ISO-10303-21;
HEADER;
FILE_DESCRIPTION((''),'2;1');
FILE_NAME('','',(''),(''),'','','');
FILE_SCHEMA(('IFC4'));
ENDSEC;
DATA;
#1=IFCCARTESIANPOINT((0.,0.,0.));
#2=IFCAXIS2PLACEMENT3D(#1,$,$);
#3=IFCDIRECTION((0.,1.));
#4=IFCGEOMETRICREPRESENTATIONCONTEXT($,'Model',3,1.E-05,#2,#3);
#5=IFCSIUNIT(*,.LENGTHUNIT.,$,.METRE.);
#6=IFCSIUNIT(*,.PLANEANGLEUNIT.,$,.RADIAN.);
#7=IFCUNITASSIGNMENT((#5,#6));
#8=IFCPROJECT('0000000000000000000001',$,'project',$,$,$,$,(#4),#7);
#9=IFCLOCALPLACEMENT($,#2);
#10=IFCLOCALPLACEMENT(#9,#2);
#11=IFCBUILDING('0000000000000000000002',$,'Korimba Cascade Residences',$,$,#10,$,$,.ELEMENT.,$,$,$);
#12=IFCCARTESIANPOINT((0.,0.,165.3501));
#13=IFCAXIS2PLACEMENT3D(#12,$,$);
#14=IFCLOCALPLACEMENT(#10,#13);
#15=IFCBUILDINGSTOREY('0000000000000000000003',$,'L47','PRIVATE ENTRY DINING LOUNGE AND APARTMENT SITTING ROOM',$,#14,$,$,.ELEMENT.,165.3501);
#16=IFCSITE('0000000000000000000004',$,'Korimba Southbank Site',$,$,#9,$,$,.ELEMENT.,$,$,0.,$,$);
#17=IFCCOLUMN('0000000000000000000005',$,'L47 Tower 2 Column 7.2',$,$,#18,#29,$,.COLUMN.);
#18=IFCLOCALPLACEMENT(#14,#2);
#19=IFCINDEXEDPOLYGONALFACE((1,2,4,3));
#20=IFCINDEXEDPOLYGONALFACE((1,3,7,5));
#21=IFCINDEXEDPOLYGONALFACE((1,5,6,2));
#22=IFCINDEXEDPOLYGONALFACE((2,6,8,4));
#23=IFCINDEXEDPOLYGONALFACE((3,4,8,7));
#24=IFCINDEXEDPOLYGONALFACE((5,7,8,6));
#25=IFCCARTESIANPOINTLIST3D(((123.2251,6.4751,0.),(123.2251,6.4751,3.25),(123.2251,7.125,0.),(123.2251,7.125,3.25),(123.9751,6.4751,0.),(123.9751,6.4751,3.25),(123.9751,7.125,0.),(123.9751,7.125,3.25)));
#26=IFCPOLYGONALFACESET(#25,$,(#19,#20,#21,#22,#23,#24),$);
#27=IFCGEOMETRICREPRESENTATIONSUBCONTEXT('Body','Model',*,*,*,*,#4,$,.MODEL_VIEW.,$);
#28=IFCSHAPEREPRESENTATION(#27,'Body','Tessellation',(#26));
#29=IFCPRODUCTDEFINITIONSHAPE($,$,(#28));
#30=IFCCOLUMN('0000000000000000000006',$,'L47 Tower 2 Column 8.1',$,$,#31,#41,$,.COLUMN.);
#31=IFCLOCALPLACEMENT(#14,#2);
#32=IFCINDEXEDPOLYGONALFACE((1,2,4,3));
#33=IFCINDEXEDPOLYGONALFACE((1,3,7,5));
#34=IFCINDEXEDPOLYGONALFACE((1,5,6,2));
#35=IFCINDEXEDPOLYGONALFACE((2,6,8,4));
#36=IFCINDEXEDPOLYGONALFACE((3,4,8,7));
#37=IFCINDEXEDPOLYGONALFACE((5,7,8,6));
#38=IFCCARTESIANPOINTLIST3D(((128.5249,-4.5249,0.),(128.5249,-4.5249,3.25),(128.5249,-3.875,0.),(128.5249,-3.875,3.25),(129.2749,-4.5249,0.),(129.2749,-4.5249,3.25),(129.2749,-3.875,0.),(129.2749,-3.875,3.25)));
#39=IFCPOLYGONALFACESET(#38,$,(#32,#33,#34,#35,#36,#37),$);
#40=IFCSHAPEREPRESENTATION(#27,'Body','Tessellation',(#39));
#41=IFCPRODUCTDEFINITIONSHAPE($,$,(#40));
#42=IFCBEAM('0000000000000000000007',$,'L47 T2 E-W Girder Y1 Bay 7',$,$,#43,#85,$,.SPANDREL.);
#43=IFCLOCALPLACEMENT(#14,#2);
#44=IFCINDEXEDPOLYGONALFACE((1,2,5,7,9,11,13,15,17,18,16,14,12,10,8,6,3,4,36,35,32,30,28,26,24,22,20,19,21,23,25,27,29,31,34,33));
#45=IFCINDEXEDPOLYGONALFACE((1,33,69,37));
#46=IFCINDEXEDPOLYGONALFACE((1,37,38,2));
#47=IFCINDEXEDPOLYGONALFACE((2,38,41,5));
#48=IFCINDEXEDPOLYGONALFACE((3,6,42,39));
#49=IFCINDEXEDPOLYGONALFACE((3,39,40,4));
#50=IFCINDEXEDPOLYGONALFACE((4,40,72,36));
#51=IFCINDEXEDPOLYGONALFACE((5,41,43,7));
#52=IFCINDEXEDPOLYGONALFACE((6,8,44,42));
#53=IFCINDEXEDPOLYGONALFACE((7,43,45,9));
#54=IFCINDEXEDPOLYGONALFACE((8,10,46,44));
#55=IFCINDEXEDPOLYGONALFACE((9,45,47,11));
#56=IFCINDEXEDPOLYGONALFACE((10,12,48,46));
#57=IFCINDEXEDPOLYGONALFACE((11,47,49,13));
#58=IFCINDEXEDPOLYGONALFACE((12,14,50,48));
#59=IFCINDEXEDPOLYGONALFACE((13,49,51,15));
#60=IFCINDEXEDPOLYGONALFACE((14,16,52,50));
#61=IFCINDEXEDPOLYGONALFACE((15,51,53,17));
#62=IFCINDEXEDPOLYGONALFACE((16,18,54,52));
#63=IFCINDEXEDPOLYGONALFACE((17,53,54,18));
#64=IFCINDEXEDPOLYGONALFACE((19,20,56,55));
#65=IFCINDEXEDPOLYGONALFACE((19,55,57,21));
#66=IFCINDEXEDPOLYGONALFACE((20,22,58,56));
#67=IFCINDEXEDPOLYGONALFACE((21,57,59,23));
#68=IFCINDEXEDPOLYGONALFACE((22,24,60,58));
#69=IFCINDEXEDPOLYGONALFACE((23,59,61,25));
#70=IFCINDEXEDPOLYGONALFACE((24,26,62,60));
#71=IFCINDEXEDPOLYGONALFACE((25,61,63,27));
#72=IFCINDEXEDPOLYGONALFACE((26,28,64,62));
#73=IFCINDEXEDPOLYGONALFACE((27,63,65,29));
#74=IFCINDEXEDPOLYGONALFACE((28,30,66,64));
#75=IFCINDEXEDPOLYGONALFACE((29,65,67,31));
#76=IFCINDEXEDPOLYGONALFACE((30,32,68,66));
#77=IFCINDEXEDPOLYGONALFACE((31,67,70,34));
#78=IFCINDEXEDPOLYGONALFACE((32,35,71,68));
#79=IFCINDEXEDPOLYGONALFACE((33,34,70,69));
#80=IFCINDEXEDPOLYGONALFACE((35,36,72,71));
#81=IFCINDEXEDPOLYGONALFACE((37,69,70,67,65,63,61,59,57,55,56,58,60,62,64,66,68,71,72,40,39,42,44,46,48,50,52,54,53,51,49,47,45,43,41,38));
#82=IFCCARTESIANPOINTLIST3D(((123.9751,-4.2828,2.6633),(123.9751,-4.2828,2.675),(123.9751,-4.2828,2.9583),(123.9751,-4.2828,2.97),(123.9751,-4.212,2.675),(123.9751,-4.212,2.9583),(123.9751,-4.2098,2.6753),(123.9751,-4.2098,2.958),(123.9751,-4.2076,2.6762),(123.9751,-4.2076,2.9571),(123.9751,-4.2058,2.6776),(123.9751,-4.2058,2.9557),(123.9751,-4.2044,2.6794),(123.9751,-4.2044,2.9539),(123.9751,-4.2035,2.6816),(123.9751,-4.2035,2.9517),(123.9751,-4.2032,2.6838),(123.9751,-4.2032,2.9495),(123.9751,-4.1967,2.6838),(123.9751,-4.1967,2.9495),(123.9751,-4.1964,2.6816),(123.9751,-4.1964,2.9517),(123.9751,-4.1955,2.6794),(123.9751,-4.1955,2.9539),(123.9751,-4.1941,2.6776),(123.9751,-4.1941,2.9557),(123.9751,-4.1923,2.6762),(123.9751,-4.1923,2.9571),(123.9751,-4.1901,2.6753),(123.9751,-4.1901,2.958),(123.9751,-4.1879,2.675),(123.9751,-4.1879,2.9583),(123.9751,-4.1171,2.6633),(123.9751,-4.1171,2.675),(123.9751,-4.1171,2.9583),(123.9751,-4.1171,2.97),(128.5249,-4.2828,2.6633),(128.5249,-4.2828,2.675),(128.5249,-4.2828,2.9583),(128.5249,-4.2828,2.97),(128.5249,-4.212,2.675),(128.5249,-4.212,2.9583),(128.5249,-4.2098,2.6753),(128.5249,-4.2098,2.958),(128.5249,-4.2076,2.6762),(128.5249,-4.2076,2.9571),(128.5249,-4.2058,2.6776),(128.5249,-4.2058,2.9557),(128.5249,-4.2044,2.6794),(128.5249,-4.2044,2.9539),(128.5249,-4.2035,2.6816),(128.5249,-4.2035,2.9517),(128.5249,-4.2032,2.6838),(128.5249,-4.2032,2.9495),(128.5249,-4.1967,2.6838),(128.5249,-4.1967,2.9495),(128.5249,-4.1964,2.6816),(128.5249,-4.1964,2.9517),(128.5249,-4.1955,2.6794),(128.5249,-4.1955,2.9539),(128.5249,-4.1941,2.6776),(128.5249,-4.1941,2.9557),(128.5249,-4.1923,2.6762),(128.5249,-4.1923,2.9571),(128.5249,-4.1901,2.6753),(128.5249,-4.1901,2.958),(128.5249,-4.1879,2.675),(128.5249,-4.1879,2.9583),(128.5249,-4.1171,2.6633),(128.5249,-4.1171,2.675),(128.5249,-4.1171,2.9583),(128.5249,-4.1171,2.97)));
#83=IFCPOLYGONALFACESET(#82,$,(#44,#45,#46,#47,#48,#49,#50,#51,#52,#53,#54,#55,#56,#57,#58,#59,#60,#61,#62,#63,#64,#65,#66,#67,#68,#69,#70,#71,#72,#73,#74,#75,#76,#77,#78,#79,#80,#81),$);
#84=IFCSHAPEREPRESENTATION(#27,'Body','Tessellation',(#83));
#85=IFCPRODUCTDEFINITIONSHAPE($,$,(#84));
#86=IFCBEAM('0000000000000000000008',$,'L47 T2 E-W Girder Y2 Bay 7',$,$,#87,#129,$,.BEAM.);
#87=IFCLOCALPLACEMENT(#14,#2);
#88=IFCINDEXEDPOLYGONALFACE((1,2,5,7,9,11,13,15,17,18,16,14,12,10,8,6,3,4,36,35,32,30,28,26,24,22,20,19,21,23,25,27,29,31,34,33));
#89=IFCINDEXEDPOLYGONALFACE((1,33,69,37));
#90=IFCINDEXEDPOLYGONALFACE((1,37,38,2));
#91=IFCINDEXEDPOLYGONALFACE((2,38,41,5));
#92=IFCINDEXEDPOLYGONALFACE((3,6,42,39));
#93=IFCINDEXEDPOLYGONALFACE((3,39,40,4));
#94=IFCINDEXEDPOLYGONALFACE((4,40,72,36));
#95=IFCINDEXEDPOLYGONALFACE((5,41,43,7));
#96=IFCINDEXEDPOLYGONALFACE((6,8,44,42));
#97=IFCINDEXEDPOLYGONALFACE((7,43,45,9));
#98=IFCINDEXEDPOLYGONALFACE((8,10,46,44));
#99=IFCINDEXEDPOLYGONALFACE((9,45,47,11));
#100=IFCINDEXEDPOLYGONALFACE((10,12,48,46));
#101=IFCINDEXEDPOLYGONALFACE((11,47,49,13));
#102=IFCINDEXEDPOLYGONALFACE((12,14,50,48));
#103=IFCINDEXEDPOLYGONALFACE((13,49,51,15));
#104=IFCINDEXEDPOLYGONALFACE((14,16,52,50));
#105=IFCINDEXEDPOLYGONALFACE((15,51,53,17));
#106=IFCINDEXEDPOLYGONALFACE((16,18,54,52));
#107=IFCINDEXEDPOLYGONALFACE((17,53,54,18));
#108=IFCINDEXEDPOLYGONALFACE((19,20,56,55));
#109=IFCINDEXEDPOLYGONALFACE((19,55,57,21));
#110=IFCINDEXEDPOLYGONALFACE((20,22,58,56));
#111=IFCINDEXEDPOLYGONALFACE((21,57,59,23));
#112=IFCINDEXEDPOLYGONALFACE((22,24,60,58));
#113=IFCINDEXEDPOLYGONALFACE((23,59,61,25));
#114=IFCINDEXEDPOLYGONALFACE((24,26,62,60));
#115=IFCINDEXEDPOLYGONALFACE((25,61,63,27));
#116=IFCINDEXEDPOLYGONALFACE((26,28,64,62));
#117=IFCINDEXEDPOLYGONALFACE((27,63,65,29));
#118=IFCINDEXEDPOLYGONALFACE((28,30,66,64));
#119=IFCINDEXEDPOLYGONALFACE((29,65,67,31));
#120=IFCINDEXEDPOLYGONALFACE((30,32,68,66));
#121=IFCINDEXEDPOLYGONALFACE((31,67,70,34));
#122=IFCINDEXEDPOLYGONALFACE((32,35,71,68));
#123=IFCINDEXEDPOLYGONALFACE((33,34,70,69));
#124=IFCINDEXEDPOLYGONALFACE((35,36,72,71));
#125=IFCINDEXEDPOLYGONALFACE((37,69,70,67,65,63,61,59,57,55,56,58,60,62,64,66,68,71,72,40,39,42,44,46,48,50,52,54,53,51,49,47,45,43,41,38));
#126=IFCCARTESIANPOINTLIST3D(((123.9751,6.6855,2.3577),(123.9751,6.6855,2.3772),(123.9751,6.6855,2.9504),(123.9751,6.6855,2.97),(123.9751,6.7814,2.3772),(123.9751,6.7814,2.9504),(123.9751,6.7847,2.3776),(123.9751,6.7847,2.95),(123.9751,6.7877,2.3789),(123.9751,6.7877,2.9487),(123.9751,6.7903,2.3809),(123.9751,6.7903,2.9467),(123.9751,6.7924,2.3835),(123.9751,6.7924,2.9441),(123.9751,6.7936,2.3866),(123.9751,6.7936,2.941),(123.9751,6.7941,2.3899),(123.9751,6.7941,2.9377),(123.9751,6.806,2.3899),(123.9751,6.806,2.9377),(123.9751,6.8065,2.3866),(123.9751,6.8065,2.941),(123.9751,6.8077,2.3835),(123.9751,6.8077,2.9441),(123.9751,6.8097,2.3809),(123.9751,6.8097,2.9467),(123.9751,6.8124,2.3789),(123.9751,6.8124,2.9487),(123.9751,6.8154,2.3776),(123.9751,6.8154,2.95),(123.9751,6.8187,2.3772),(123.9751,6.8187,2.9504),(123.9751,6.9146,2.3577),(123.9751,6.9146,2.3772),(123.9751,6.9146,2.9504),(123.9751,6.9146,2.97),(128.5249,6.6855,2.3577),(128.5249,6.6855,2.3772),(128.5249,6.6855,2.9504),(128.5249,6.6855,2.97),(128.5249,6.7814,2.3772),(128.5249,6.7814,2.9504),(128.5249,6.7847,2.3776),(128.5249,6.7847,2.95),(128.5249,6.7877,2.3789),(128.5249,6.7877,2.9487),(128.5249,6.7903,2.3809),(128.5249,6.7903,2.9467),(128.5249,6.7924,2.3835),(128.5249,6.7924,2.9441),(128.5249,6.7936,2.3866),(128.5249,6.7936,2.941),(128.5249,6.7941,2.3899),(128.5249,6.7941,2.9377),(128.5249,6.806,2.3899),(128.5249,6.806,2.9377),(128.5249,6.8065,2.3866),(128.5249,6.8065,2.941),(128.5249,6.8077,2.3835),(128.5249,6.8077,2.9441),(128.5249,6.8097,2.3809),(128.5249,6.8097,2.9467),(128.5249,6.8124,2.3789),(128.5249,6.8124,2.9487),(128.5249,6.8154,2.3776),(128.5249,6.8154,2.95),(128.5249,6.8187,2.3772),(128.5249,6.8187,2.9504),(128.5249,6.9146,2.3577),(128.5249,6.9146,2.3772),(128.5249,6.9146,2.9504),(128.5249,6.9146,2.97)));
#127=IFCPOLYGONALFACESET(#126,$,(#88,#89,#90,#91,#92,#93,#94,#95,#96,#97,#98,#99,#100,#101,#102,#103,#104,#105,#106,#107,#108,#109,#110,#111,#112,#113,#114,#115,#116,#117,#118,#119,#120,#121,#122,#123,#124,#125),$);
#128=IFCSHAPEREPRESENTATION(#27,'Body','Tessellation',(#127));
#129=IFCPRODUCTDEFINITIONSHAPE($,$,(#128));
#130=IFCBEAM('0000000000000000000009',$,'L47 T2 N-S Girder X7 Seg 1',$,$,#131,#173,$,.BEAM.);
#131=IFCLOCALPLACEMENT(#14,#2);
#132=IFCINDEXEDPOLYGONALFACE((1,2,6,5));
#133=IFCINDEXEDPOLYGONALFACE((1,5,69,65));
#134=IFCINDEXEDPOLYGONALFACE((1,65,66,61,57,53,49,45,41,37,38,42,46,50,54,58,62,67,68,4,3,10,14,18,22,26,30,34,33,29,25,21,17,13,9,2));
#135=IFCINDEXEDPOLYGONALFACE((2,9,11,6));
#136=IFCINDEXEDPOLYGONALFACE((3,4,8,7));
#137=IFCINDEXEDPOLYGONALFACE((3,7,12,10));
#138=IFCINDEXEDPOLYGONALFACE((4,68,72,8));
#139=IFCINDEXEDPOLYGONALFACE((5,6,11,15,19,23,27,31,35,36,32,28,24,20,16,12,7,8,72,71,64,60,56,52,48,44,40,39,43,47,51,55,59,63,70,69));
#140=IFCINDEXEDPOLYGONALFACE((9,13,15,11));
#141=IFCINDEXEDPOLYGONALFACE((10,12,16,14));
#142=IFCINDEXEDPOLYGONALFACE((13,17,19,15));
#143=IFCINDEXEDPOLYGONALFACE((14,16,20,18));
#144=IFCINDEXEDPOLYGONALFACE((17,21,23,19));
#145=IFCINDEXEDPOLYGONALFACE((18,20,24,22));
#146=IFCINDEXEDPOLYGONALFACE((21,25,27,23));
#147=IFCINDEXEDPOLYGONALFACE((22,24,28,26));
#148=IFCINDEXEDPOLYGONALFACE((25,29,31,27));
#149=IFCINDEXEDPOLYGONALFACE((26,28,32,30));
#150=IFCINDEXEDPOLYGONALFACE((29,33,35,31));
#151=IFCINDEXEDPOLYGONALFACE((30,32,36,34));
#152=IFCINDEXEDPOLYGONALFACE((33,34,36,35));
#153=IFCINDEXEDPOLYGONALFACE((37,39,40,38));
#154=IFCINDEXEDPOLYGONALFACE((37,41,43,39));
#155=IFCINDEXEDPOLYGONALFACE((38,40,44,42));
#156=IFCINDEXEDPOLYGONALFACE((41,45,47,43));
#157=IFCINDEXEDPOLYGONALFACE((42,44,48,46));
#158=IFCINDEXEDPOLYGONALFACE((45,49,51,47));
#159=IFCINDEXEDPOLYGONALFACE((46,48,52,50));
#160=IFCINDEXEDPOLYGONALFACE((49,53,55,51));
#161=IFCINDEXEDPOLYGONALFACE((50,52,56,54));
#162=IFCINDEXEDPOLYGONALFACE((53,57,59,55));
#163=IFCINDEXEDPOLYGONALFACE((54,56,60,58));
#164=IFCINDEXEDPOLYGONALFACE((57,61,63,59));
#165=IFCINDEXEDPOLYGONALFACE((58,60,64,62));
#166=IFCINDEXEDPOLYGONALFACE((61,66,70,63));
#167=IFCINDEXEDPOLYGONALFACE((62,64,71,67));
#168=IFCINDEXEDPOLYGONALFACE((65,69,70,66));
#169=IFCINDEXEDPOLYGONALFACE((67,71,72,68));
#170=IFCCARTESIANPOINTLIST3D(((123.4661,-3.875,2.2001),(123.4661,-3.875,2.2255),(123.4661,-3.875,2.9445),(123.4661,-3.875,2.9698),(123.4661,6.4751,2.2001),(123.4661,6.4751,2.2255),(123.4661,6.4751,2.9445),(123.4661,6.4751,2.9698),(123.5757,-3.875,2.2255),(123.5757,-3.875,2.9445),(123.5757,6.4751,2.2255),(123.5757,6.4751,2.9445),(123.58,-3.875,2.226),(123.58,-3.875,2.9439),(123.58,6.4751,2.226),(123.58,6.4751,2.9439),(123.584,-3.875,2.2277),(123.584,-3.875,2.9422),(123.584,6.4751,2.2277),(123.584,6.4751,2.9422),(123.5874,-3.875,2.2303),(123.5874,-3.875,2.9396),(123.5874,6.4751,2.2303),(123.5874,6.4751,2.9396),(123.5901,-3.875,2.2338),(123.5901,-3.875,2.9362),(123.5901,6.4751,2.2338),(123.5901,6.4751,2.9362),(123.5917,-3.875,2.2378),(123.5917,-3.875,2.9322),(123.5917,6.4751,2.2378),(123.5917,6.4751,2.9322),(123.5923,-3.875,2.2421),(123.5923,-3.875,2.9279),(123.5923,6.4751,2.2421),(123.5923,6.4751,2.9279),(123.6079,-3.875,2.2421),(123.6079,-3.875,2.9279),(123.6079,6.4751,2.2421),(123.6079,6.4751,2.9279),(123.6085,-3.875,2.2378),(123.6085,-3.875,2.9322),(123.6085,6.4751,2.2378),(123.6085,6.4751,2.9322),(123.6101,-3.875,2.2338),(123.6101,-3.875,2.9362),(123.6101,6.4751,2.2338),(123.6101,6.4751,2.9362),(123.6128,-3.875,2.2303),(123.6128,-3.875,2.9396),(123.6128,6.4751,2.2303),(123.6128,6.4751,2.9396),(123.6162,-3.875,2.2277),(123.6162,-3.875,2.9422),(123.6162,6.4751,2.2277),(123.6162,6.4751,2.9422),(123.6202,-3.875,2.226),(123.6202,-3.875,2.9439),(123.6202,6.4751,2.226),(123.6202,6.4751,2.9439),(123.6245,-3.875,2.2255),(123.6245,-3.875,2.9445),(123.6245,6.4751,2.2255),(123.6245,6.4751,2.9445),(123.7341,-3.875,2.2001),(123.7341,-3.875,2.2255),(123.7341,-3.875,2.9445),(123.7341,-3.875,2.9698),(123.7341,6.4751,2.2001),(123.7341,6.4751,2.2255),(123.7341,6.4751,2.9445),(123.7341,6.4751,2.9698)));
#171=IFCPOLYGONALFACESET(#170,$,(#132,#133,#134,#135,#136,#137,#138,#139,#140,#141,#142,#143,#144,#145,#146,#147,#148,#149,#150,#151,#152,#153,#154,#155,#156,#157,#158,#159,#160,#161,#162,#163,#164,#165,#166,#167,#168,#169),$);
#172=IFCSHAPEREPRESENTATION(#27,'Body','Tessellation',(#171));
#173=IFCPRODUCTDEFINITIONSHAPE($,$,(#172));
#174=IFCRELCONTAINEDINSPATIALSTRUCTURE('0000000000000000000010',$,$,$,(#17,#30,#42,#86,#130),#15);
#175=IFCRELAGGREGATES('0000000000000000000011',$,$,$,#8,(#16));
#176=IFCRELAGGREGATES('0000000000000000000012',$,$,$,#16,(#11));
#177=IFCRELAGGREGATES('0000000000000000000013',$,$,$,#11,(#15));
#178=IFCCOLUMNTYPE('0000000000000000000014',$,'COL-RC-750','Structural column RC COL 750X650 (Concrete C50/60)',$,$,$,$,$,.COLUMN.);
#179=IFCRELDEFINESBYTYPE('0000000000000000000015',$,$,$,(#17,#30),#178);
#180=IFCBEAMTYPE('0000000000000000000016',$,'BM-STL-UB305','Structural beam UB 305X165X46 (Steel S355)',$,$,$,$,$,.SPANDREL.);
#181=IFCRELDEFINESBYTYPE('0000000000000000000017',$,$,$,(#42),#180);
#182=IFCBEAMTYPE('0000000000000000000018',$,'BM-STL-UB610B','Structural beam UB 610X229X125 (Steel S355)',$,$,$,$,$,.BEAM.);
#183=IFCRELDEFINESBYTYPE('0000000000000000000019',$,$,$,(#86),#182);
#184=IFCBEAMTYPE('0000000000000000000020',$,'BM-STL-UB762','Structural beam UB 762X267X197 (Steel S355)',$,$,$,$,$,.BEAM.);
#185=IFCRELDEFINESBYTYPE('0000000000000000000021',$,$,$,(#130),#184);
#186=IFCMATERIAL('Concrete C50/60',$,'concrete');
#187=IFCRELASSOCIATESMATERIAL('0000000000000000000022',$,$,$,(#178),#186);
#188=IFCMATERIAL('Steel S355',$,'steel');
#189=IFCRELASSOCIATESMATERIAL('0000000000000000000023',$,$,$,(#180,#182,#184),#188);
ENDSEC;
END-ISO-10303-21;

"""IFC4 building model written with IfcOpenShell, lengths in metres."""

from ifc_helpers import new_model, si_unit, direction, frame, origin, origin_2d, place, context, subcontext, project, spatial, rectangle, i_section, extrude, material, material_profile, profile_set, type_object, element, save


model = new_model("IFC4")

# Units and contexts
model_context = context("Model", 3, precision=1e-05, world=origin(), true_north=direction((0.0, 1.0)))
body_context = subcontext(model_context, "Body", "Model", "MODEL_VIEW")
ifc_project = project(units=[si_unit("LENGTHUNIT", "METRE"), si_unit("PLANEANGLEUNIT", "RADIAN")], contexts=[model_context])

# Site, building, storey
site_placement = place(None, origin())
site = spatial("IfcSite", under=ifc_project, at=site_placement, Name="Korimba Southbank Site", CompositionType="ELEMENT", RefElevation=0.0)
building_placement = place(site_placement, origin())
building = spatial("IfcBuilding", under=site, at=building_placement, Name="Korimba Cascade Residences", CompositionType="ELEMENT")
storey_placement = place(building_placement, frame((0.0, 0.0, 165.3501)))
storey = spatial("IfcBuildingStorey", under=building, at=storey_placement, Name="L47", Description="PRIVATE ENTRY DINING LOUNGE AND APARTMENT SITTING ROOM", CompositionType="ELEMENT", Elevation=165.3501)

# Columns
ifc_material_1 = material(Name="Concrete C50/60", Category="concrete")
ifc_material_profile_1 = material_profile(ifc_material_1, rectangle(XDim=0.75, YDim=0.6499, at=origin_2d()), Name="Concrete C50/60")
ifc_profile_set_1 = profile_set([ifc_material_profile_1], Name="Concrete C50/60")
column_type = type_object("IfcColumnType", Name="COL-RC-750", Description="Structural column RC COL 750X650 (Concrete C50/60)", PredefinedType="COLUMN", material=ifc_profile_set_1)
for number, where, z_axis, x_axis, name in (
    (1, (123.6001, 6.8, 0.0), (0.0, 0.0, 1.0), (1.0, 0.0, 0.0), "L47 Tower 2 Column 7.2"),
    (2, (128.8999, -4.2, 0.0), (0.0, 0.0, 1.0), (1.0, 0.0, 0.0), "L47 Tower 2 Column 8.1"),
):
    element("IfcColumn", number, at=place(storey_placement, frame(where, z_axis=z_axis, x_axis=x_axis)), inside=storey, type_object=column_type, Name=name, PredefinedType="COLUMN", context=body_context, shape_type="SweptSolid", body=[
        extrude(rectangle(XDim=0.75, YDim=0.6499, at=origin_2d()), origin(), (0.0, 0.0, 1.0), 3.25),
    ])

# Beams
ifc_material_2 = material(Name="Steel S355", Category="steel")
ifc_material_profile_2 = material_profile(ifc_material_2, i_section(OverallWidth=0.1658, OverallDepth=0.3066, WebThickness=0.0066, FlangeThickness=0.0117, FilletRadius=0.0088, at=origin_2d()), Name="Steel S355")
ifc_profile_set_2 = profile_set([ifc_material_profile_2], Name="Steel S355")
beam_type_1 = type_object("IfcBeamType", Name="BM-STL-UB305", Description="Structural beam UB 305X165X46 (Steel S355)", PredefinedType="SPANDREL", material=ifc_profile_set_2)
beam_1_placement = place(storey_placement, frame((123.9751, -4.2, 2.8167), z_axis=(1.0, 0.0, 0.0), x_axis=(0.0, 1.0, 0.0)))
element("IfcBeam", 3, at=beam_1_placement, inside=storey, type_object=beam_type_1, Name="L47 T2 E-W Girder Y1 Bay 7", PredefinedType="SPANDREL", context=body_context, shape_type="SweptSolid", body=[
    extrude(i_section(OverallWidth=0.1658, OverallDepth=0.3066, WebThickness=0.0066, FlangeThickness=0.0117, FilletRadius=0.0088, at=origin_2d()), origin(), (0.0, 0.0, 1.0), 4.5498),
])
ifc_material_profile_3 = material_profile(ifc_material_2, i_section(OverallWidth=0.229, OverallDepth=0.6123, WebThickness=0.012, FlangeThickness=0.0195, FilletRadius=0.0127, at=origin_2d()), Name="Steel S355")
ifc_profile_set_3 = profile_set([ifc_material_profile_3], Name="Steel S355")
beam_type_2 = type_object("IfcBeamType", Name="BM-STL-UB610B", Description="Structural beam UB 610X229X125 (Steel S355)", PredefinedType="BEAM", material=ifc_profile_set_3)
beam_2_placement = place(storey_placement, frame((123.9751, 6.8, 2.6638), z_axis=(1.0, 0.0, 0.0), x_axis=(0.0, 1.0, 0.0)))
element("IfcBeam", 4, at=beam_2_placement, inside=storey, type_object=beam_type_2, Name="L47 T2 E-W Girder Y2 Bay 7", PredefinedType="BEAM", context=body_context, shape_type="SweptSolid", body=[
    extrude(i_section(OverallWidth=0.229, OverallDepth=0.6123, WebThickness=0.012, FlangeThickness=0.0195, FilletRadius=0.0127, at=origin_2d()), origin(), (0.0, 0.0, 1.0), 4.5498),
])
ifc_material_profile_4 = material_profile(ifc_material_2, i_section(OverallWidth=0.2681, OverallDepth=0.7698, WebThickness=0.0156, FlangeThickness=0.0254, FilletRadius=0.0166, at=origin_2d()), Name="Steel S355")
ifc_profile_set_4 = profile_set([ifc_material_profile_4], Name="Steel S355")
beam_type_3 = type_object("IfcBeamType", Name="BM-STL-UB762", Description="Structural beam UB 762X267X197 (Steel S355)", PredefinedType="BEAM", material=ifc_profile_set_4)
for number, where, z_axis, x_axis, name in (
    (5, (123.6001, -3.875, 2.585), (0.0, 1.0, 0.0), (-1.0, 0.0, 0.0), "L47 T2 N-S Girder X7 Seg 1"),
):
    element("IfcBeam", number, at=place(storey_placement, frame(where, z_axis=z_axis, x_axis=x_axis)), inside=storey, type_object=beam_type_3, Name=name, PredefinedType="BEAM", context=body_context, shape_type="SweptSolid", body=[
        extrude(i_section(OverallWidth=0.2681, OverallDepth=0.7698, WebThickness=0.0156, FlangeThickness=0.0254, FilletRadius=0.0166, at=origin_2d()), origin(), (0.0, 0.0, 1.0), 10.3501),
    ])

save(model, "model.ifc")
